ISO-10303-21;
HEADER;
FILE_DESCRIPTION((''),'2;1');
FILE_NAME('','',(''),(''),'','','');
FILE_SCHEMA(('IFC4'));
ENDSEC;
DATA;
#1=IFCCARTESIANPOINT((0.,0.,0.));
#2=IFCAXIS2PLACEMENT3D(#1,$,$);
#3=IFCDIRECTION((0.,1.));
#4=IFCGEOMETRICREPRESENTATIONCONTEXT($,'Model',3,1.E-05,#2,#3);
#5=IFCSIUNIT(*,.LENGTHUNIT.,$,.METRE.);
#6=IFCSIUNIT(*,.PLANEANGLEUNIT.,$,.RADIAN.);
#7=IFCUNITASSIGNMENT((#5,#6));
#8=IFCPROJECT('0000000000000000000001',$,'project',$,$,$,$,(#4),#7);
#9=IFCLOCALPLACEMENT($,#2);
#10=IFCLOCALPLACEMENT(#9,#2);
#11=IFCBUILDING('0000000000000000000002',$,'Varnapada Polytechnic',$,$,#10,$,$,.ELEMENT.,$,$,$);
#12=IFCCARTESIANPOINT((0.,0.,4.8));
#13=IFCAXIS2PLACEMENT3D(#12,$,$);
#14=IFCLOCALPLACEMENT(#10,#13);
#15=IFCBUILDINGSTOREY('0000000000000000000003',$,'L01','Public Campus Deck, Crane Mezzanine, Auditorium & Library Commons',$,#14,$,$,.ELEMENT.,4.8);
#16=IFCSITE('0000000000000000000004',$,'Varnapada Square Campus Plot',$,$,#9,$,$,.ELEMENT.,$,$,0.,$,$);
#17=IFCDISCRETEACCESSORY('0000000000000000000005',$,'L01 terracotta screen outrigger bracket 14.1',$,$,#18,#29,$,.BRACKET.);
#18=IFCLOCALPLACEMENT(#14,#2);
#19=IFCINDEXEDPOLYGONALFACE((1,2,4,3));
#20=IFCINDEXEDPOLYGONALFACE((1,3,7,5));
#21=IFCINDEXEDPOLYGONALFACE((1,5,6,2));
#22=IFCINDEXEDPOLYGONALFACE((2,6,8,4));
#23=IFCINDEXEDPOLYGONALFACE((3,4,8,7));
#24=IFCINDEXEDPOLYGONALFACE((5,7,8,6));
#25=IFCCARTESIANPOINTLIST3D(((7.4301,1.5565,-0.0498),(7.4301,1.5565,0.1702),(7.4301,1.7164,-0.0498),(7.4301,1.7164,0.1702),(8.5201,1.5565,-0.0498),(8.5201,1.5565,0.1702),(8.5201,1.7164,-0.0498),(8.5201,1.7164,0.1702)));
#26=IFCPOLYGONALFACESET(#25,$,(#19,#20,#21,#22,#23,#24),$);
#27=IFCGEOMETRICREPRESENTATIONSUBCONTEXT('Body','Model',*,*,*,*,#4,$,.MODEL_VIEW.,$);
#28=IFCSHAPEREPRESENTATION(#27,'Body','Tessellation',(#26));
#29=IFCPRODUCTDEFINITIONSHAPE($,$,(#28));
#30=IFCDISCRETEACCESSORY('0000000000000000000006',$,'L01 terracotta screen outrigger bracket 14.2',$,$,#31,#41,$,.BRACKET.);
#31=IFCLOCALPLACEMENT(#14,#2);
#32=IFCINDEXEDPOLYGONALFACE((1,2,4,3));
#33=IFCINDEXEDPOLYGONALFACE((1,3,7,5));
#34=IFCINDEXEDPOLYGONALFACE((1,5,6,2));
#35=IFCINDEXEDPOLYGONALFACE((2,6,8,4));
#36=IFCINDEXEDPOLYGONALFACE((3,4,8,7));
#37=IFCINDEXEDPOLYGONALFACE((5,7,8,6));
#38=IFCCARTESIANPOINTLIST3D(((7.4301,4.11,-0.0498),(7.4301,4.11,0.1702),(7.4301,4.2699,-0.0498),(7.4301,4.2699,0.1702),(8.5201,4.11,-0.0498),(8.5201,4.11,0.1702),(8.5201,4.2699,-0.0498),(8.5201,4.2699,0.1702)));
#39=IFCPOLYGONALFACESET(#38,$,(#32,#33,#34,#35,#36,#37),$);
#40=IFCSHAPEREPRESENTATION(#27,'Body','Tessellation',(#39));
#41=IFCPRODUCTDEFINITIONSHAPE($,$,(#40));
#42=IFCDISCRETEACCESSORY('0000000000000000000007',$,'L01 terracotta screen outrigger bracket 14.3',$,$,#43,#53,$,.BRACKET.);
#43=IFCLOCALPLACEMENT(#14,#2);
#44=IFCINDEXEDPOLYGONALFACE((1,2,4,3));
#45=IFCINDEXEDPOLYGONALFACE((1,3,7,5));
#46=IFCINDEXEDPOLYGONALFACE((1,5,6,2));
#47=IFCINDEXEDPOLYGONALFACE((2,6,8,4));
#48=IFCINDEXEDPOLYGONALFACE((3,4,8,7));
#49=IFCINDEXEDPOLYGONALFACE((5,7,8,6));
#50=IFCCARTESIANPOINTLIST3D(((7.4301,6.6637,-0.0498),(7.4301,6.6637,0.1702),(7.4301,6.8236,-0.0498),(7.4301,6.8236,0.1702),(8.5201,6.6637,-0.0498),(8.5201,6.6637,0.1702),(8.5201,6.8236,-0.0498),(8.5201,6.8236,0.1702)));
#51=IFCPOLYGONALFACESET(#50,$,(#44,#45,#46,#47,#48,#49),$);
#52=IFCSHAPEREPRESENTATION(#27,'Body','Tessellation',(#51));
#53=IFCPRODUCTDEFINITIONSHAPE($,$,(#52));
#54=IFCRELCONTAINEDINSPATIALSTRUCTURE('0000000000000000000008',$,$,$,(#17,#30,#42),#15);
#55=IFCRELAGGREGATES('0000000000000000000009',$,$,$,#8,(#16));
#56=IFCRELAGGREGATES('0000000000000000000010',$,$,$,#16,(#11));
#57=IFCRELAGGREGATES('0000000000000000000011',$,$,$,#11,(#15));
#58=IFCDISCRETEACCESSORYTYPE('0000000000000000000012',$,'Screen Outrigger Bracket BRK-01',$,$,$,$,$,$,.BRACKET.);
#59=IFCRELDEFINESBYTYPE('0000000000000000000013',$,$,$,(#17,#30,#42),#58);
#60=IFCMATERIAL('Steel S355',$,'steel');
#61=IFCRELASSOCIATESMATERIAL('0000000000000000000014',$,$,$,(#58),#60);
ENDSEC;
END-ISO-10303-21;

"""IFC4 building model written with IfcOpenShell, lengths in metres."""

from ifc_helpers import new_model, si_unit, direction, frame, origin, origin_2d, place, context, subcontext, project, spatial, rectangle, extrude, material, type_object, element, save


model = new_model("IFC4")

# Units and contexts
model_context = context("Model", 3, precision=1e-05, world=origin(), true_north=direction((0.0, 1.0)))
body_context = subcontext(model_context, "Body", "Model", "MODEL_VIEW")
ifc_project = project(units=[si_unit("LENGTHUNIT", "METRE"), si_unit("PLANEANGLEUNIT", "RADIAN")], contexts=[model_context])

# Site, building, storey
site_placement = place(None, origin())
site = spatial("IfcSite", under=ifc_project, at=site_placement, Name="Varnapada Square Campus Plot", CompositionType="ELEMENT", RefElevation=0.0)
building_placement = place(site_placement, origin())
building = spatial("IfcBuilding", under=site, at=building_placement, Name="Varnapada Polytechnic", CompositionType="ELEMENT")
storey_placement = place(building_placement, frame((0.0, 0.0, 4.8)))
storey = spatial("IfcBuildingStorey", under=building, at=storey_placement, Name="L01", Description="Public Campus Deck, Crane Mezzanine, Auditorium & Library Commons", CompositionType="ELEMENT", Elevation=4.8)

# Shared definitions
ifc_material_1 = material(Name="Steel S355", Category="steel")

# Discrete accessories
discrete_accessory_type = type_object("IfcDiscreteAccessoryType", Name="Screen Outrigger Bracket BRK-01", PredefinedType="BRACKET", material=ifc_material_1)
for number, where, z_axis, x_axis, name in (
    (1, (7.9751, 1.6365, -0.0498), (0.0, 0.0, 1.0), (0.0, 1.0, 0.0), "L01 terracotta screen outrigger bracket 14.1"),
    (2, (7.9751, 4.1899, -0.0498), (0.0, 0.0, 1.0), (0.0, 1.0, 0.0), "L01 terracotta screen outrigger bracket 14.2"),
    (3, (7.9751, 6.7437, -0.0498), (0.0, 0.0, 1.0), (0.0, 1.0, 0.0), "L01 terracotta screen outrigger bracket 14.3"),
):
    element("IfcDiscreteAccessory", number, at=place(storey_placement, frame(where, z_axis=z_axis, x_axis=x_axis)), inside=storey, type_object=discrete_accessory_type, Name=name, PredefinedType="BRACKET", context=body_context, shape_type="SweptSolid", body=[
        extrude(rectangle(XDim=0.1599, YDim=1.0901, at=origin_2d()), origin(), (0.0, 0.0, 1.0), 0.22),
    ])

save(model, "model.ifc")
